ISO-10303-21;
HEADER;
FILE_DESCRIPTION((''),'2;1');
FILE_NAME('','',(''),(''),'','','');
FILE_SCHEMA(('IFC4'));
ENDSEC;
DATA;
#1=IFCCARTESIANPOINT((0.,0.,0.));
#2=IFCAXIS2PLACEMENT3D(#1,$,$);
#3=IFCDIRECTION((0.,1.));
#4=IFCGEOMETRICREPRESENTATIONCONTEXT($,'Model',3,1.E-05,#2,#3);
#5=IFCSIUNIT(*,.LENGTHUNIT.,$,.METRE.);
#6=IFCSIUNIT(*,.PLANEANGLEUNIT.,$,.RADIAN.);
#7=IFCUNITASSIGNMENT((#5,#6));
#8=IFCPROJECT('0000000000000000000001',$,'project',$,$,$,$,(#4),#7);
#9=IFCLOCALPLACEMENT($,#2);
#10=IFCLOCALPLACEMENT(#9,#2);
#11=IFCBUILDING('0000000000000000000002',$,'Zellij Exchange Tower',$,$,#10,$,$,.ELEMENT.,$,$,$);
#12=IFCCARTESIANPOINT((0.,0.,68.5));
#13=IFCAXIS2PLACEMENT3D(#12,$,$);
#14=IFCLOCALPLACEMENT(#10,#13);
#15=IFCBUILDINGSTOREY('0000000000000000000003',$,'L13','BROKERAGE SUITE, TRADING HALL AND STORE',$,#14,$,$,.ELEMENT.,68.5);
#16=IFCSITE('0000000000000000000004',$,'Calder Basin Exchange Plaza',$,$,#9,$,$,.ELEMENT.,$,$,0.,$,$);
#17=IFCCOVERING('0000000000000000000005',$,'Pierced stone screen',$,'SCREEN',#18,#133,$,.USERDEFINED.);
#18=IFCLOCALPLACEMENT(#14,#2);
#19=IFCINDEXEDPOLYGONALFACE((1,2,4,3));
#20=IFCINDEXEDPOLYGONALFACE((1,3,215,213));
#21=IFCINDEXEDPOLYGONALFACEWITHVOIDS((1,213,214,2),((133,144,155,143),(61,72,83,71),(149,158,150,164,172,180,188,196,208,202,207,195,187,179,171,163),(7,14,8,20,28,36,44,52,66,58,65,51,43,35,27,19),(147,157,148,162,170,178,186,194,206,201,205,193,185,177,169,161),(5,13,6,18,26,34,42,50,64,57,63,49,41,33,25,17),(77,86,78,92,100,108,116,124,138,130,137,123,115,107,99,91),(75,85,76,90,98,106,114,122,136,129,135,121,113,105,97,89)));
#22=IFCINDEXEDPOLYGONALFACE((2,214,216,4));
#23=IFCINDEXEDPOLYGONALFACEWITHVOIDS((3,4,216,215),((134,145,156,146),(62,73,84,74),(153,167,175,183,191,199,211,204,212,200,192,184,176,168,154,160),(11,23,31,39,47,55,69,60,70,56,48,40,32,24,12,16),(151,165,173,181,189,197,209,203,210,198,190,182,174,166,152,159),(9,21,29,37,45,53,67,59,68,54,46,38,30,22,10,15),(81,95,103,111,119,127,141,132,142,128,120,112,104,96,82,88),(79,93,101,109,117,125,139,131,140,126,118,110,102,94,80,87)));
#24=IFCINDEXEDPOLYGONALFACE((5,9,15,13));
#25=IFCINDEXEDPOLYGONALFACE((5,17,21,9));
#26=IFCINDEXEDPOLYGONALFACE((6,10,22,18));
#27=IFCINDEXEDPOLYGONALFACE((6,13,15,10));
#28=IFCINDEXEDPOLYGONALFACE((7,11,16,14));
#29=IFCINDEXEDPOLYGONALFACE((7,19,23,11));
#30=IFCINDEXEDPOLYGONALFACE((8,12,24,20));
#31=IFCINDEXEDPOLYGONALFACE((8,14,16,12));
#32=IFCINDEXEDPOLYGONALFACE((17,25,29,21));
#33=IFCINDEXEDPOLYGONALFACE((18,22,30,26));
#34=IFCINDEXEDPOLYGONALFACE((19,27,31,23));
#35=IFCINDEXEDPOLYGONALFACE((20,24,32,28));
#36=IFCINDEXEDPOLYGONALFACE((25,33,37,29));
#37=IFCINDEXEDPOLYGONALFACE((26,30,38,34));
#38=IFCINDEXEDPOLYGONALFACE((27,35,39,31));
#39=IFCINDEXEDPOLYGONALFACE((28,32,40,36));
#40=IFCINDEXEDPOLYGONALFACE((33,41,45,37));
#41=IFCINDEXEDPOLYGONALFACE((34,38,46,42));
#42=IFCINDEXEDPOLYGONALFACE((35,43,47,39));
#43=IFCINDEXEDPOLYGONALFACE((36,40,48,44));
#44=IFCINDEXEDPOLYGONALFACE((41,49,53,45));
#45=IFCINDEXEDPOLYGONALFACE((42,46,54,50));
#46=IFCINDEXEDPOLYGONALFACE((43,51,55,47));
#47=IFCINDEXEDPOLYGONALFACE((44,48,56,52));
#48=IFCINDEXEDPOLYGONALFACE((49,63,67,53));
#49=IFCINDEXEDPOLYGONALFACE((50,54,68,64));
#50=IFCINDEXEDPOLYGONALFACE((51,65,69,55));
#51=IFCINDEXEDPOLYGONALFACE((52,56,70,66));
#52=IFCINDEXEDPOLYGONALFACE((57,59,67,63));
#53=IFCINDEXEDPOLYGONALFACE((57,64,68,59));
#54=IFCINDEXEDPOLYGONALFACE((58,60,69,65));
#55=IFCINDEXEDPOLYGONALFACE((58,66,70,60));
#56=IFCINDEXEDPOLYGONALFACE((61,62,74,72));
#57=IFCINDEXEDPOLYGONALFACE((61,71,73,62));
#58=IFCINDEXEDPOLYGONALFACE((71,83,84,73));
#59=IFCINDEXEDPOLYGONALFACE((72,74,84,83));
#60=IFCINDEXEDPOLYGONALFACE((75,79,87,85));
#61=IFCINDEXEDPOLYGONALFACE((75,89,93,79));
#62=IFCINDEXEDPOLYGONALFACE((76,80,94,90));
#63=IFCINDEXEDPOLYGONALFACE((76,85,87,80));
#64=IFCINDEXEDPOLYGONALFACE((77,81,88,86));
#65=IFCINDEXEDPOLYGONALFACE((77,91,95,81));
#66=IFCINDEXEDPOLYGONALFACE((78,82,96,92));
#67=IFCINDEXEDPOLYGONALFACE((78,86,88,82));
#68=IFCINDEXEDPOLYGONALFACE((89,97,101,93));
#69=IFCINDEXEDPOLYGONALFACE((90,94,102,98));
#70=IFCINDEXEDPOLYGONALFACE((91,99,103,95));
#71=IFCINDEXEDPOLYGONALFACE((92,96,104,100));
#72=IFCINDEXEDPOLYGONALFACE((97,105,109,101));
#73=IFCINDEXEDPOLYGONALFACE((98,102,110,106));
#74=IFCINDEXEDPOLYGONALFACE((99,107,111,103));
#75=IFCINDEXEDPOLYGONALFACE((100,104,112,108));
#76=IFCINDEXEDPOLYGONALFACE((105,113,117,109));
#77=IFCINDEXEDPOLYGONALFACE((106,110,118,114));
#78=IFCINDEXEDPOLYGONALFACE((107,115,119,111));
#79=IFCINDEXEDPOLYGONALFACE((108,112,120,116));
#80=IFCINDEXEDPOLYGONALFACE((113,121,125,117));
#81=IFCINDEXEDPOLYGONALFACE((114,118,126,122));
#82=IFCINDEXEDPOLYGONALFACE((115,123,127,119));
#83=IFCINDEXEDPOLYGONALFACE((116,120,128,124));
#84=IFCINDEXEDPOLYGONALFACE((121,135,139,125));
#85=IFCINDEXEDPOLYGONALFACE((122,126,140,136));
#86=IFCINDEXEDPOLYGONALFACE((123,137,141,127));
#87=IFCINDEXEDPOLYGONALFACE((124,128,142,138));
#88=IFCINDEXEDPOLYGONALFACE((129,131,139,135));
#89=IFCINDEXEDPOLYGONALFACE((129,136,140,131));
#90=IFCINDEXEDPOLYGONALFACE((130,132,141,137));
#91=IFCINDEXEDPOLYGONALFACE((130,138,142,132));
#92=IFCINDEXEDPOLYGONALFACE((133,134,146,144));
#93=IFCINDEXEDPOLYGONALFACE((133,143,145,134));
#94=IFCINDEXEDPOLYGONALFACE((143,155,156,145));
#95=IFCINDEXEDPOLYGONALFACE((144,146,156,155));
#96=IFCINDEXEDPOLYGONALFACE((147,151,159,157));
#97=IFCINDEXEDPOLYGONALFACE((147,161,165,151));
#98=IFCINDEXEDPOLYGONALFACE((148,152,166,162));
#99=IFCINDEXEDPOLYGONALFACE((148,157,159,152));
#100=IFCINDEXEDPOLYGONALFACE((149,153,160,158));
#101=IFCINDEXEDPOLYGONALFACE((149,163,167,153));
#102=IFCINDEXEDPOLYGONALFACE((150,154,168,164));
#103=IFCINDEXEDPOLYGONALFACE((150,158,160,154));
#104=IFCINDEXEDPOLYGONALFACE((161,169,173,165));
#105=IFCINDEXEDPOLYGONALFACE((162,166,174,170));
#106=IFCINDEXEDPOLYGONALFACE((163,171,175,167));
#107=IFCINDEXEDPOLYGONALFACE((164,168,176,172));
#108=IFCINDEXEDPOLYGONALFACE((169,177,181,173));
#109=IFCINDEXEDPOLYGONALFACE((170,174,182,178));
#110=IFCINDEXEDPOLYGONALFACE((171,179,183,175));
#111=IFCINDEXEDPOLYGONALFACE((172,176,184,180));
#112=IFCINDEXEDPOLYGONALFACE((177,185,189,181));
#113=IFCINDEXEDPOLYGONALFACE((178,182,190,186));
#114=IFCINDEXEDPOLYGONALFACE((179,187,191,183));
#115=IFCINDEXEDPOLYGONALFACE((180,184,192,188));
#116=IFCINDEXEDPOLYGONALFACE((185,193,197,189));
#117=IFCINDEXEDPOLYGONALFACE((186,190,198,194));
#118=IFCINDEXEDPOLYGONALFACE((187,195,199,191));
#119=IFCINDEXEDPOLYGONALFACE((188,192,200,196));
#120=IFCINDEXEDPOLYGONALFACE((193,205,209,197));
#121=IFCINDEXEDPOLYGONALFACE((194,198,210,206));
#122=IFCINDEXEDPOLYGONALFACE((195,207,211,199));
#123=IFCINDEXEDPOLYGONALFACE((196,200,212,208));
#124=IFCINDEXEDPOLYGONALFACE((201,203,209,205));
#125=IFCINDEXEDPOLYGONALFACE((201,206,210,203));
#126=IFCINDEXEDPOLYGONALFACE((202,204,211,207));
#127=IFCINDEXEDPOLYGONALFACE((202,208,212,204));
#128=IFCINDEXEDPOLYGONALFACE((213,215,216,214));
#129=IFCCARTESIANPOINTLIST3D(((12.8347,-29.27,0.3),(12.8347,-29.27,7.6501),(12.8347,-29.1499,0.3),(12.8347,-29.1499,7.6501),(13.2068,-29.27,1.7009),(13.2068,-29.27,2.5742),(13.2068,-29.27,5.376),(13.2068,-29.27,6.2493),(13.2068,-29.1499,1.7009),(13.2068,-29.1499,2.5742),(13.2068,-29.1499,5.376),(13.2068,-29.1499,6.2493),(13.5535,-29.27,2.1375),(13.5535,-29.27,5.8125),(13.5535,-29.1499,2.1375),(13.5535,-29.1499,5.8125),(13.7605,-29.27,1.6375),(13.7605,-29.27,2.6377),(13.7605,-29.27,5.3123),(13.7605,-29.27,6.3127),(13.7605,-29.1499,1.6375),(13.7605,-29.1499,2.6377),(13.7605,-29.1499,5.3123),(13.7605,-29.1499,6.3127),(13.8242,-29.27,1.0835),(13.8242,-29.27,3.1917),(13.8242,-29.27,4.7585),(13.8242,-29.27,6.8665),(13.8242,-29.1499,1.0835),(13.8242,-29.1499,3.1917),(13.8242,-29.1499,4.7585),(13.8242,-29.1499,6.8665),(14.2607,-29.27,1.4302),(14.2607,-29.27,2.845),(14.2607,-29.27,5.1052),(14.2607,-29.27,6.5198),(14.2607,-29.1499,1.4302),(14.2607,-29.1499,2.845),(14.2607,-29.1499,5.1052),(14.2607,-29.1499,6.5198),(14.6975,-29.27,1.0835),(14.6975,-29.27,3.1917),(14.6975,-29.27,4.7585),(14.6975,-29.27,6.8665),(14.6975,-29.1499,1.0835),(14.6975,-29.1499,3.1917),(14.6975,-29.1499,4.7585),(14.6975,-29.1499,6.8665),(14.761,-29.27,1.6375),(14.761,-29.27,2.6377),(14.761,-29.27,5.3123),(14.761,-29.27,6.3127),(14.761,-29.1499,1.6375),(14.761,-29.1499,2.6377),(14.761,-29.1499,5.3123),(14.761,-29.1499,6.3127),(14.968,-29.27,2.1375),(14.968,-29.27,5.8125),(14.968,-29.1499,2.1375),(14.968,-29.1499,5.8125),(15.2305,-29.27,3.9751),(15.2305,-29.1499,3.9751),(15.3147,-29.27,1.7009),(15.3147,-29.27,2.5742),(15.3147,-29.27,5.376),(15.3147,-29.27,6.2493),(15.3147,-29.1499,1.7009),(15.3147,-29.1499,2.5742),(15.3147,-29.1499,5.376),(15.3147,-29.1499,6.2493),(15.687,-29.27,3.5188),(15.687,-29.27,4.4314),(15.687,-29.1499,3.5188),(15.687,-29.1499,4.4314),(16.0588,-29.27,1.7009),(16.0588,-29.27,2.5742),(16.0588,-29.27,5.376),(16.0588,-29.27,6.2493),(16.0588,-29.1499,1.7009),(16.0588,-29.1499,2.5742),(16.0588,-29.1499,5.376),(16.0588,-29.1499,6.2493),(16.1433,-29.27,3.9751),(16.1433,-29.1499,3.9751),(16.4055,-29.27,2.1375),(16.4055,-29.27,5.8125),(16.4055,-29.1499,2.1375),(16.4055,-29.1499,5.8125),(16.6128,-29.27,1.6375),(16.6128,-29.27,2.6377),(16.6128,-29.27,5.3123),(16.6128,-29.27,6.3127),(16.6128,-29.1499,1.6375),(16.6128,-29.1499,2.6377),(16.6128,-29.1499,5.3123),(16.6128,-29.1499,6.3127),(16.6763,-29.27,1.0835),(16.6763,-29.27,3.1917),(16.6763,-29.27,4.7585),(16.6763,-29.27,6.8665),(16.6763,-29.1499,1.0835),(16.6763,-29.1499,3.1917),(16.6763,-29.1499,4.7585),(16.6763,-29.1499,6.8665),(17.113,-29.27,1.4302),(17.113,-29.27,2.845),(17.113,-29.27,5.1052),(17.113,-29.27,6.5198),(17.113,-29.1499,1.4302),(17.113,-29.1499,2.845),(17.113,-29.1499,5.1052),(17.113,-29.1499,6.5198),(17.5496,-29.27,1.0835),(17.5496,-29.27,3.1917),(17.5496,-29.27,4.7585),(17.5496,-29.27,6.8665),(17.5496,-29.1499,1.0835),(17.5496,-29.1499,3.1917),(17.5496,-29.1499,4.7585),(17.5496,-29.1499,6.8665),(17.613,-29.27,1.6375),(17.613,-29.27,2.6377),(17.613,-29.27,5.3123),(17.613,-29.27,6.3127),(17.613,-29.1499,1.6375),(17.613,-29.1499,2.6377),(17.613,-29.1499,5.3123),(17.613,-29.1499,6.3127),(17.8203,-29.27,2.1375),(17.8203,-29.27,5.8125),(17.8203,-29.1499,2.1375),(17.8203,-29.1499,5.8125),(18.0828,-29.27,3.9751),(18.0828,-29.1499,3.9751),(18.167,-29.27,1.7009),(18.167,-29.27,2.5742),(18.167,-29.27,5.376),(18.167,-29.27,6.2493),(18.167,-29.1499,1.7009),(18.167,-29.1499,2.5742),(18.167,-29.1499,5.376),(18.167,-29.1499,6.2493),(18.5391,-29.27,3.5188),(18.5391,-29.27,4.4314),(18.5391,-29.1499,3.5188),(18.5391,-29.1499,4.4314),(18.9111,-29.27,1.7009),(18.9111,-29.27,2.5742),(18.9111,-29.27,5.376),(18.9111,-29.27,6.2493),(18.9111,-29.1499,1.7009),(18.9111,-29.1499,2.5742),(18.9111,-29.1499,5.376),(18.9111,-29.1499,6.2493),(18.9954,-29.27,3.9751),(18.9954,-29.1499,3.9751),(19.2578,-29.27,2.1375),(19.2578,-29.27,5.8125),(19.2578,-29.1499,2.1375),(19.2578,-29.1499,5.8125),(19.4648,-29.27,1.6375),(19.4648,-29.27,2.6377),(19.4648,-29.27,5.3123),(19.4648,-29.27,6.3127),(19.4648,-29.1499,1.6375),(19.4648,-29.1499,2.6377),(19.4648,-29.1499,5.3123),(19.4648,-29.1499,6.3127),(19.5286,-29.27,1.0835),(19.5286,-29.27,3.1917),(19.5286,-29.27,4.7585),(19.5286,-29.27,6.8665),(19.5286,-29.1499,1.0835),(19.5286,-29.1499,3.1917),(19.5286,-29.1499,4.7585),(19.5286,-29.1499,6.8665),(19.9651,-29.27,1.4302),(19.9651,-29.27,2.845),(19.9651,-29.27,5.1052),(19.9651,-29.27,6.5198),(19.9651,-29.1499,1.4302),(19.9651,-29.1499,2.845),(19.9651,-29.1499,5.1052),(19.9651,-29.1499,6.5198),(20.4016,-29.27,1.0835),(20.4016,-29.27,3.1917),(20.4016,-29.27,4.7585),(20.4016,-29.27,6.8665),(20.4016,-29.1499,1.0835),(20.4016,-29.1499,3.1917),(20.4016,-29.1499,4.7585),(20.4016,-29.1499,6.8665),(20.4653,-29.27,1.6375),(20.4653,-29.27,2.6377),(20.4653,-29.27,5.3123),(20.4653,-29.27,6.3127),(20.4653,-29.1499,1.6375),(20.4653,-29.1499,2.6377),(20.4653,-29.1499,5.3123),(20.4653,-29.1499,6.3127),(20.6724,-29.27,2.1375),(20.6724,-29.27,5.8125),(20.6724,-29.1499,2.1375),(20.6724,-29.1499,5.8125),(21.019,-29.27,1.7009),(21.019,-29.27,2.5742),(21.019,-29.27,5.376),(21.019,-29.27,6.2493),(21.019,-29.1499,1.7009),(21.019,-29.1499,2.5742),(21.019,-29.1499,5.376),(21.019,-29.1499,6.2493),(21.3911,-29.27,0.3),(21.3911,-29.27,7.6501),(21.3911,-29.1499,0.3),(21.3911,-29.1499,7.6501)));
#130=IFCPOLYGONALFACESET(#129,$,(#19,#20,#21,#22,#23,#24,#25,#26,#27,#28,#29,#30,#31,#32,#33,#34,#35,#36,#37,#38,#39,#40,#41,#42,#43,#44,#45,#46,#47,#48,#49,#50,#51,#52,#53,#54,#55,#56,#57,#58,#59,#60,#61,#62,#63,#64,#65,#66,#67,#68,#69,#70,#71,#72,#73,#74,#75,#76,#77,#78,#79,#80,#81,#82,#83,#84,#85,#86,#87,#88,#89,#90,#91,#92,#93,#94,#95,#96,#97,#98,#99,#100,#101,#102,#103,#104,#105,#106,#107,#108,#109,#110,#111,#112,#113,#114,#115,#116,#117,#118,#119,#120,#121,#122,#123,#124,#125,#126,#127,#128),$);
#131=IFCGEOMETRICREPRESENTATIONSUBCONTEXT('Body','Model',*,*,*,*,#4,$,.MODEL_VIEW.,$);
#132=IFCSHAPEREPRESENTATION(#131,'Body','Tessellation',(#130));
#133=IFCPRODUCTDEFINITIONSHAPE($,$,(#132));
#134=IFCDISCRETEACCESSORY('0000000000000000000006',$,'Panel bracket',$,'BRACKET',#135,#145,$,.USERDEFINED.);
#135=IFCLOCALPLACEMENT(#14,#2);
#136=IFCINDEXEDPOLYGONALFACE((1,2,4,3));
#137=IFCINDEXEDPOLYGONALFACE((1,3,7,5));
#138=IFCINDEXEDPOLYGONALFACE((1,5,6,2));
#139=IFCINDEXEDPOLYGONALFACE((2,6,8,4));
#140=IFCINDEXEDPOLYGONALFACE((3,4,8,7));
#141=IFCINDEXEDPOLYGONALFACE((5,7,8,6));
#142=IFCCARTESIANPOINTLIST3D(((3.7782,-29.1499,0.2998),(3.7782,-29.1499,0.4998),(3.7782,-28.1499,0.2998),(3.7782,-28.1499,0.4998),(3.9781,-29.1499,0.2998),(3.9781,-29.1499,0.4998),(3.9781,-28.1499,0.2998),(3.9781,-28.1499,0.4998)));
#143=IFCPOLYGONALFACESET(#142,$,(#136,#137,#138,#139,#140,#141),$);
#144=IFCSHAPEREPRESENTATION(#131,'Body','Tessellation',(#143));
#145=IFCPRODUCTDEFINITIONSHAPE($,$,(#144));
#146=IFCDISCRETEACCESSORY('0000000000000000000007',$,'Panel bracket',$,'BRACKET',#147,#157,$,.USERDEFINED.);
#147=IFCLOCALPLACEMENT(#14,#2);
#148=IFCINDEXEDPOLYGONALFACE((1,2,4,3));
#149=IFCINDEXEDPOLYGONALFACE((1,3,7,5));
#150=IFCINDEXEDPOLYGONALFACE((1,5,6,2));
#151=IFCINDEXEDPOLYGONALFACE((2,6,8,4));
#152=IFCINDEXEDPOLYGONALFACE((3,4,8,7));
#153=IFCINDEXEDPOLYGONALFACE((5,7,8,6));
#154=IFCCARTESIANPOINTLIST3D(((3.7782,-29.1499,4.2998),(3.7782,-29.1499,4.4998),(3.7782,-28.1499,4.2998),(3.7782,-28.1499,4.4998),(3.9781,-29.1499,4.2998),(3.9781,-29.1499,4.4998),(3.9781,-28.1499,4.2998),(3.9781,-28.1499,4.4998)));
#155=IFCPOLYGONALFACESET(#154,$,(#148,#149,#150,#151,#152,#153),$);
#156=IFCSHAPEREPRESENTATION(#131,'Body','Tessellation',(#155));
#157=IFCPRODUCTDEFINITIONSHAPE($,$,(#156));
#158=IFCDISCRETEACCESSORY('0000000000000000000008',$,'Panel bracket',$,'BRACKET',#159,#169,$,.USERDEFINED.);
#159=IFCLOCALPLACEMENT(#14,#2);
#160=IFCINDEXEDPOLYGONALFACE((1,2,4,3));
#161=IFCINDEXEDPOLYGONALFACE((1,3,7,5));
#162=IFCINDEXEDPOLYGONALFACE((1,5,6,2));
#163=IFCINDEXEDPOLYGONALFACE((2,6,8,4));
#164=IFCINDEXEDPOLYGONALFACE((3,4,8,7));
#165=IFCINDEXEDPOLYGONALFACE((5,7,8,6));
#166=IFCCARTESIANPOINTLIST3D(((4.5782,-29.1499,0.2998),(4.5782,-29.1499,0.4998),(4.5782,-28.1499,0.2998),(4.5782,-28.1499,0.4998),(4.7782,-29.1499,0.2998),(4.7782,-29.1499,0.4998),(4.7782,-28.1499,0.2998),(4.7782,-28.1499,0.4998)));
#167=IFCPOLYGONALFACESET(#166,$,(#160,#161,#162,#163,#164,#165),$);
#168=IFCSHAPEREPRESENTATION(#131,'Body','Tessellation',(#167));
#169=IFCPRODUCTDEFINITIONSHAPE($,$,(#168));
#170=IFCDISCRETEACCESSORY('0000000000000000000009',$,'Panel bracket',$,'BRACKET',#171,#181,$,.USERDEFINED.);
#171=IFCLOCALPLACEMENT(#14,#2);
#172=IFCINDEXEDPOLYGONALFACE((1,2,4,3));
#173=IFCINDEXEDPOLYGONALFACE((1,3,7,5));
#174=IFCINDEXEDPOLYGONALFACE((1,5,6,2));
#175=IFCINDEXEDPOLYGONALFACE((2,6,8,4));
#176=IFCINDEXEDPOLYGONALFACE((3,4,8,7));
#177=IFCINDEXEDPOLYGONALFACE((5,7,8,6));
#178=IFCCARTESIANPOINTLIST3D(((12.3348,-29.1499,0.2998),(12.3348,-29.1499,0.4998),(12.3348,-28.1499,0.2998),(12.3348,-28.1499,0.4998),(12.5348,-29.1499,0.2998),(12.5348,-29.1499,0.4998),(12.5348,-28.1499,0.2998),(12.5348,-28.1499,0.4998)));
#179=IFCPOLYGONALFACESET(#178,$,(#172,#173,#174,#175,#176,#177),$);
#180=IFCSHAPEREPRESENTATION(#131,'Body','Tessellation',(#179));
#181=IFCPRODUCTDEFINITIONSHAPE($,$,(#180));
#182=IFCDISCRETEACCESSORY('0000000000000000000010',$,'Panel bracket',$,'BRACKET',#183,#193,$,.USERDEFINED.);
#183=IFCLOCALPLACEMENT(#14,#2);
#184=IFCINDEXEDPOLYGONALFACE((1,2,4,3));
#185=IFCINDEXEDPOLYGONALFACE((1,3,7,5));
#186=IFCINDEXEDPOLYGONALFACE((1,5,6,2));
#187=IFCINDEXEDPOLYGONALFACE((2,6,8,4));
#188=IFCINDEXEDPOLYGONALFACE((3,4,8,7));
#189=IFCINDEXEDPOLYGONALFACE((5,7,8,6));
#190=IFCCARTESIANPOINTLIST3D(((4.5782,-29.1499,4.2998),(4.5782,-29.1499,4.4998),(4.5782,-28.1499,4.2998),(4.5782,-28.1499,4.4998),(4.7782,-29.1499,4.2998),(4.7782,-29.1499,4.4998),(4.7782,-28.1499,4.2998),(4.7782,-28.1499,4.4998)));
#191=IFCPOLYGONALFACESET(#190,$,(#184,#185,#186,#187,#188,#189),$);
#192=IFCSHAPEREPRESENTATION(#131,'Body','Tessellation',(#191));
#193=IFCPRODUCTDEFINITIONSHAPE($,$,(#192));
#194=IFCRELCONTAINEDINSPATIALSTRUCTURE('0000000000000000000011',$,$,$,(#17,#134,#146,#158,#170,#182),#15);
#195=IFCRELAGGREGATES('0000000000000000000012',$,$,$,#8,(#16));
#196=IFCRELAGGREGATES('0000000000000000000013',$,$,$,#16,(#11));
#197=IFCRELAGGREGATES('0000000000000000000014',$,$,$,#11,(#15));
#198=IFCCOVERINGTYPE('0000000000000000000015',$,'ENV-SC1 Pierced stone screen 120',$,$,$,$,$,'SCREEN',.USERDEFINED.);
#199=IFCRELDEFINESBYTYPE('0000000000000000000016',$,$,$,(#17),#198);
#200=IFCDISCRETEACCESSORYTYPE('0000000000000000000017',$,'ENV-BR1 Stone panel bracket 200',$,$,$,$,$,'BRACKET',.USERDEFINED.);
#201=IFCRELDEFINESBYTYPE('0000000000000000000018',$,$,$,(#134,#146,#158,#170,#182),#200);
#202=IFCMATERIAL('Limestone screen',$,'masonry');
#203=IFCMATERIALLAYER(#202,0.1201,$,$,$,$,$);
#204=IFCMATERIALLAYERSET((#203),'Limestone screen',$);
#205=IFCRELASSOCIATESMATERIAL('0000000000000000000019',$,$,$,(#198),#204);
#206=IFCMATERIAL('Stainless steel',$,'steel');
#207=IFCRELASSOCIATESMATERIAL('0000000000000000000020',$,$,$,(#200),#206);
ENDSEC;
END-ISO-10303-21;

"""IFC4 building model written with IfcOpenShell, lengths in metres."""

from ifc_helpers import new_model, si_unit, direction, frame, origin, origin_2d, place, context, subcontext, project, spatial, polyline, rectangle, outline, extrude, material, layer, layer_set, type_object, element, save


model = new_model("IFC4")

# Units and contexts
model_context = context("Model", 3, precision=1e-05, world=origin(), true_north=direction((0.0, 1.0)))
body_context = subcontext(model_context, "Body", "Model", "MODEL_VIEW")
ifc_project = project(units=[si_unit("LENGTHUNIT", "METRE"), si_unit("PLANEANGLEUNIT", "RADIAN")], contexts=[model_context])

# Site, building, storey
site_placement = place(None, origin())
site = spatial("IfcSite", under=ifc_project, at=site_placement, Name="Calder Basin Exchange Plaza", CompositionType="ELEMENT", RefElevation=0.0)
building_placement = place(site_placement, origin())
building = spatial("IfcBuilding", under=site, at=building_placement, Name="Zellij Exchange Tower", CompositionType="ELEMENT")
storey_placement = place(building_placement, frame((0.0, 0.0, 68.5)))
storey = spatial("IfcBuildingStorey", under=building, at=storey_placement, Name="L13", Description="BROKERAGE SUITE, TRADING HALL AND STORE", CompositionType="ELEMENT", Elevation=68.5)

# Covering
ifc_material_1 = material(Name="Limestone screen", Category="masonry")
ifc_layer_1 = layer(ifc_material_1, 0.1201)
ifc_layer_set_1 = layer_set([ifc_layer_1], Name="Limestone screen")
covering_type = type_object("IfcCoveringType", Name="ENV-SC1 Pierced stone screen 120", ElementType="SCREEN", PredefinedType="USERDEFINED", material=ifc_layer_set_1)
covering_1_placement = place(storey_placement, frame((12.8347, -29.21, 0.3), z_axis=(0.0, 0.0, 1.0), x_axis=(1.0, 0.0, 0.0)))
element("IfcCovering", 1, at=covering_1_placement, inside=storey, type_object=covering_type, Name="Pierced stone screen", ObjectType="SCREEN", PredefinedType="USERDEFINED", context=body_context, shape_type="SweptSolid", body=[
    extrude(outline(polyline([(0.0, 0.0), (8.5564, 0.0), (8.5564, 7.3501), (0.0, 7.3501), (0.0, 0.0)]), holes=[polyline([(2.48, 2.2742), (1.9263, 2.3376), (1.8628, 2.8916), (1.426, 2.5449), (0.9895, 2.8916), (0.9258, 2.3376), (0.3721, 2.2742), (0.7188, 1.8374), (0.3721, 1.4009), (0.9258, 1.3374), (0.9895, 0.7834), (1.426, 1.1301), (1.8628, 0.7834), (1.9263, 1.3374), (2.48, 1.4009), (2.1333, 1.8374), (2.48, 2.2742)]), polyline([(2.48, 5.9492), (1.9263, 6.0127), (1.8628, 6.5664), (1.426, 6.2197), (0.9895, 6.5664), (0.9258, 6.0127), (0.3721, 5.9492), (0.7188, 5.5125), (0.3721, 5.0759), (0.9258, 5.0122), (0.9895, 4.4585), (1.426, 4.8052), (1.8628, 4.4585), (1.9263, 5.0122), (2.48, 5.0759), (2.1333, 5.5125), (2.48, 5.9492)]), polyline([(5.3323, 2.2742), (4.7783, 2.3376), (4.7148, 2.8916), (4.2783, 2.5449), (3.8416, 2.8916), (3.7781, 2.3376), (3.2241, 2.2742), (3.5708, 1.8374), (3.2241, 1.4009), (3.7781, 1.3374), (3.8416, 0.7834), (4.2783, 1.1301), (4.7148, 0.7834), (4.7783, 1.3374), (5.3323, 1.4009), (4.9856, 1.8374), (5.3323, 2.2742)]), polyline([(5.3323, 5.9492), (4.7783, 6.0127), (4.7148, 6.5664), (4.2783, 6.2197), (3.8416, 6.5664), (3.7781, 6.0127), (3.2241, 5.9492), (3.5708, 5.5125), (3.2241, 5.0759), (3.7781, 5.0122), (3.8416, 4.4585), (4.2783, 4.8052), (4.7148, 4.4585), (4.7783, 5.0122), (5.3323, 5.0759), (4.9856, 5.5125), (5.3323, 5.9492)]), polyline([(8.1843, 2.2742), (7.6306, 2.3376), (7.5669, 2.8916), (7.1304, 2.5449), (6.6938, 2.8916), (6.6301, 2.3376), (6.0764, 2.2742), (6.4231, 1.8374), (6.0764, 1.4009), (6.6301, 1.3374), (6.6938, 0.7834), (7.1304, 1.1301), (7.5669, 0.7834), (7.6306, 1.3374), (8.1843, 1.4009), (7.8376, 1.8374), (8.1843, 2.2742)]), polyline([(8.1843, 5.9492), (7.6306, 6.0127), (7.5669, 6.5664), (7.1304, 6.2197), (6.6938, 6.5664), (6.6301, 6.0127), (6.0764, 5.9492), (6.4231, 5.5125), (6.0764, 5.0759), (6.6301, 5.0122), (6.6938, 4.4585), (7.1304, 4.8052), (7.5669, 4.4585), (7.6306, 5.0122), (8.1843, 5.0759), (7.8376, 5.5125), (8.1843, 5.9492)]), polyline([(3.3086, 3.675), (2.8523, 4.1313), (2.3958, 3.675), (2.8523, 3.2188), (3.3086, 3.675)]), polyline([(6.1606, 3.675), (5.7043, 4.1313), (5.248, 3.675), (5.7043, 3.2188), (6.1606, 3.675)])]), frame((0.0, 0.0601, 0.0), z_axis=(0.0, -1.0, 0.0), x_axis=(1.0, 0.0, 0.0)), (0.0, 0.0, 1.0), 0.1201),
])

# Discrete accessories
ifc_material_2 = material(Name="Stainless steel", Category="steel")
discrete_accessory_type = type_object("IfcDiscreteAccessoryType", Name="ENV-BR1 Stone panel bracket 200", ElementType="BRACKET", PredefinedType="USERDEFINED", material=ifc_material_2)
for number, where, z_axis, x_axis, name in (
    (2, (3.8782, -28.6499, 0.2998), (0.0, 0.0, 1.0), (1.0, 0.0, 0.0), "Panel bracket"),
    (3, (3.8782, -28.6499, 4.2998), (0.0, 0.0, 1.0), (1.0, 0.0, 0.0), "Panel bracket"),
    (4, (4.6782, -28.6499, 0.2998), (0.0, 0.0, 1.0), (1.0, 0.0, 0.0), "Panel bracket"),
    (5, (12.4348, -28.6499, 0.2998), (0.0, 0.0, 1.0), (1.0, 0.0, 0.0), "Panel bracket"),
    (6, (4.6782, -28.6499, 4.2998), (0.0, 0.0, 1.0), (1.0, 0.0, 0.0), "Panel bracket"),
):
    element("IfcDiscreteAccessory", number, at=place(storey_placement, frame(where, z_axis=z_axis, x_axis=x_axis)), inside=storey, type_object=discrete_accessory_type, Name=name, ObjectType="BRACKET", PredefinedType="USERDEFINED", context=body_context, shape_type="SweptSolid", body=[
        extrude(rectangle(XDim=0.2, YDim=1.0, at=origin_2d()), origin(), (0.0, 0.0, 1.0), 0.2),
    ])

save(model, "model.ifc")
